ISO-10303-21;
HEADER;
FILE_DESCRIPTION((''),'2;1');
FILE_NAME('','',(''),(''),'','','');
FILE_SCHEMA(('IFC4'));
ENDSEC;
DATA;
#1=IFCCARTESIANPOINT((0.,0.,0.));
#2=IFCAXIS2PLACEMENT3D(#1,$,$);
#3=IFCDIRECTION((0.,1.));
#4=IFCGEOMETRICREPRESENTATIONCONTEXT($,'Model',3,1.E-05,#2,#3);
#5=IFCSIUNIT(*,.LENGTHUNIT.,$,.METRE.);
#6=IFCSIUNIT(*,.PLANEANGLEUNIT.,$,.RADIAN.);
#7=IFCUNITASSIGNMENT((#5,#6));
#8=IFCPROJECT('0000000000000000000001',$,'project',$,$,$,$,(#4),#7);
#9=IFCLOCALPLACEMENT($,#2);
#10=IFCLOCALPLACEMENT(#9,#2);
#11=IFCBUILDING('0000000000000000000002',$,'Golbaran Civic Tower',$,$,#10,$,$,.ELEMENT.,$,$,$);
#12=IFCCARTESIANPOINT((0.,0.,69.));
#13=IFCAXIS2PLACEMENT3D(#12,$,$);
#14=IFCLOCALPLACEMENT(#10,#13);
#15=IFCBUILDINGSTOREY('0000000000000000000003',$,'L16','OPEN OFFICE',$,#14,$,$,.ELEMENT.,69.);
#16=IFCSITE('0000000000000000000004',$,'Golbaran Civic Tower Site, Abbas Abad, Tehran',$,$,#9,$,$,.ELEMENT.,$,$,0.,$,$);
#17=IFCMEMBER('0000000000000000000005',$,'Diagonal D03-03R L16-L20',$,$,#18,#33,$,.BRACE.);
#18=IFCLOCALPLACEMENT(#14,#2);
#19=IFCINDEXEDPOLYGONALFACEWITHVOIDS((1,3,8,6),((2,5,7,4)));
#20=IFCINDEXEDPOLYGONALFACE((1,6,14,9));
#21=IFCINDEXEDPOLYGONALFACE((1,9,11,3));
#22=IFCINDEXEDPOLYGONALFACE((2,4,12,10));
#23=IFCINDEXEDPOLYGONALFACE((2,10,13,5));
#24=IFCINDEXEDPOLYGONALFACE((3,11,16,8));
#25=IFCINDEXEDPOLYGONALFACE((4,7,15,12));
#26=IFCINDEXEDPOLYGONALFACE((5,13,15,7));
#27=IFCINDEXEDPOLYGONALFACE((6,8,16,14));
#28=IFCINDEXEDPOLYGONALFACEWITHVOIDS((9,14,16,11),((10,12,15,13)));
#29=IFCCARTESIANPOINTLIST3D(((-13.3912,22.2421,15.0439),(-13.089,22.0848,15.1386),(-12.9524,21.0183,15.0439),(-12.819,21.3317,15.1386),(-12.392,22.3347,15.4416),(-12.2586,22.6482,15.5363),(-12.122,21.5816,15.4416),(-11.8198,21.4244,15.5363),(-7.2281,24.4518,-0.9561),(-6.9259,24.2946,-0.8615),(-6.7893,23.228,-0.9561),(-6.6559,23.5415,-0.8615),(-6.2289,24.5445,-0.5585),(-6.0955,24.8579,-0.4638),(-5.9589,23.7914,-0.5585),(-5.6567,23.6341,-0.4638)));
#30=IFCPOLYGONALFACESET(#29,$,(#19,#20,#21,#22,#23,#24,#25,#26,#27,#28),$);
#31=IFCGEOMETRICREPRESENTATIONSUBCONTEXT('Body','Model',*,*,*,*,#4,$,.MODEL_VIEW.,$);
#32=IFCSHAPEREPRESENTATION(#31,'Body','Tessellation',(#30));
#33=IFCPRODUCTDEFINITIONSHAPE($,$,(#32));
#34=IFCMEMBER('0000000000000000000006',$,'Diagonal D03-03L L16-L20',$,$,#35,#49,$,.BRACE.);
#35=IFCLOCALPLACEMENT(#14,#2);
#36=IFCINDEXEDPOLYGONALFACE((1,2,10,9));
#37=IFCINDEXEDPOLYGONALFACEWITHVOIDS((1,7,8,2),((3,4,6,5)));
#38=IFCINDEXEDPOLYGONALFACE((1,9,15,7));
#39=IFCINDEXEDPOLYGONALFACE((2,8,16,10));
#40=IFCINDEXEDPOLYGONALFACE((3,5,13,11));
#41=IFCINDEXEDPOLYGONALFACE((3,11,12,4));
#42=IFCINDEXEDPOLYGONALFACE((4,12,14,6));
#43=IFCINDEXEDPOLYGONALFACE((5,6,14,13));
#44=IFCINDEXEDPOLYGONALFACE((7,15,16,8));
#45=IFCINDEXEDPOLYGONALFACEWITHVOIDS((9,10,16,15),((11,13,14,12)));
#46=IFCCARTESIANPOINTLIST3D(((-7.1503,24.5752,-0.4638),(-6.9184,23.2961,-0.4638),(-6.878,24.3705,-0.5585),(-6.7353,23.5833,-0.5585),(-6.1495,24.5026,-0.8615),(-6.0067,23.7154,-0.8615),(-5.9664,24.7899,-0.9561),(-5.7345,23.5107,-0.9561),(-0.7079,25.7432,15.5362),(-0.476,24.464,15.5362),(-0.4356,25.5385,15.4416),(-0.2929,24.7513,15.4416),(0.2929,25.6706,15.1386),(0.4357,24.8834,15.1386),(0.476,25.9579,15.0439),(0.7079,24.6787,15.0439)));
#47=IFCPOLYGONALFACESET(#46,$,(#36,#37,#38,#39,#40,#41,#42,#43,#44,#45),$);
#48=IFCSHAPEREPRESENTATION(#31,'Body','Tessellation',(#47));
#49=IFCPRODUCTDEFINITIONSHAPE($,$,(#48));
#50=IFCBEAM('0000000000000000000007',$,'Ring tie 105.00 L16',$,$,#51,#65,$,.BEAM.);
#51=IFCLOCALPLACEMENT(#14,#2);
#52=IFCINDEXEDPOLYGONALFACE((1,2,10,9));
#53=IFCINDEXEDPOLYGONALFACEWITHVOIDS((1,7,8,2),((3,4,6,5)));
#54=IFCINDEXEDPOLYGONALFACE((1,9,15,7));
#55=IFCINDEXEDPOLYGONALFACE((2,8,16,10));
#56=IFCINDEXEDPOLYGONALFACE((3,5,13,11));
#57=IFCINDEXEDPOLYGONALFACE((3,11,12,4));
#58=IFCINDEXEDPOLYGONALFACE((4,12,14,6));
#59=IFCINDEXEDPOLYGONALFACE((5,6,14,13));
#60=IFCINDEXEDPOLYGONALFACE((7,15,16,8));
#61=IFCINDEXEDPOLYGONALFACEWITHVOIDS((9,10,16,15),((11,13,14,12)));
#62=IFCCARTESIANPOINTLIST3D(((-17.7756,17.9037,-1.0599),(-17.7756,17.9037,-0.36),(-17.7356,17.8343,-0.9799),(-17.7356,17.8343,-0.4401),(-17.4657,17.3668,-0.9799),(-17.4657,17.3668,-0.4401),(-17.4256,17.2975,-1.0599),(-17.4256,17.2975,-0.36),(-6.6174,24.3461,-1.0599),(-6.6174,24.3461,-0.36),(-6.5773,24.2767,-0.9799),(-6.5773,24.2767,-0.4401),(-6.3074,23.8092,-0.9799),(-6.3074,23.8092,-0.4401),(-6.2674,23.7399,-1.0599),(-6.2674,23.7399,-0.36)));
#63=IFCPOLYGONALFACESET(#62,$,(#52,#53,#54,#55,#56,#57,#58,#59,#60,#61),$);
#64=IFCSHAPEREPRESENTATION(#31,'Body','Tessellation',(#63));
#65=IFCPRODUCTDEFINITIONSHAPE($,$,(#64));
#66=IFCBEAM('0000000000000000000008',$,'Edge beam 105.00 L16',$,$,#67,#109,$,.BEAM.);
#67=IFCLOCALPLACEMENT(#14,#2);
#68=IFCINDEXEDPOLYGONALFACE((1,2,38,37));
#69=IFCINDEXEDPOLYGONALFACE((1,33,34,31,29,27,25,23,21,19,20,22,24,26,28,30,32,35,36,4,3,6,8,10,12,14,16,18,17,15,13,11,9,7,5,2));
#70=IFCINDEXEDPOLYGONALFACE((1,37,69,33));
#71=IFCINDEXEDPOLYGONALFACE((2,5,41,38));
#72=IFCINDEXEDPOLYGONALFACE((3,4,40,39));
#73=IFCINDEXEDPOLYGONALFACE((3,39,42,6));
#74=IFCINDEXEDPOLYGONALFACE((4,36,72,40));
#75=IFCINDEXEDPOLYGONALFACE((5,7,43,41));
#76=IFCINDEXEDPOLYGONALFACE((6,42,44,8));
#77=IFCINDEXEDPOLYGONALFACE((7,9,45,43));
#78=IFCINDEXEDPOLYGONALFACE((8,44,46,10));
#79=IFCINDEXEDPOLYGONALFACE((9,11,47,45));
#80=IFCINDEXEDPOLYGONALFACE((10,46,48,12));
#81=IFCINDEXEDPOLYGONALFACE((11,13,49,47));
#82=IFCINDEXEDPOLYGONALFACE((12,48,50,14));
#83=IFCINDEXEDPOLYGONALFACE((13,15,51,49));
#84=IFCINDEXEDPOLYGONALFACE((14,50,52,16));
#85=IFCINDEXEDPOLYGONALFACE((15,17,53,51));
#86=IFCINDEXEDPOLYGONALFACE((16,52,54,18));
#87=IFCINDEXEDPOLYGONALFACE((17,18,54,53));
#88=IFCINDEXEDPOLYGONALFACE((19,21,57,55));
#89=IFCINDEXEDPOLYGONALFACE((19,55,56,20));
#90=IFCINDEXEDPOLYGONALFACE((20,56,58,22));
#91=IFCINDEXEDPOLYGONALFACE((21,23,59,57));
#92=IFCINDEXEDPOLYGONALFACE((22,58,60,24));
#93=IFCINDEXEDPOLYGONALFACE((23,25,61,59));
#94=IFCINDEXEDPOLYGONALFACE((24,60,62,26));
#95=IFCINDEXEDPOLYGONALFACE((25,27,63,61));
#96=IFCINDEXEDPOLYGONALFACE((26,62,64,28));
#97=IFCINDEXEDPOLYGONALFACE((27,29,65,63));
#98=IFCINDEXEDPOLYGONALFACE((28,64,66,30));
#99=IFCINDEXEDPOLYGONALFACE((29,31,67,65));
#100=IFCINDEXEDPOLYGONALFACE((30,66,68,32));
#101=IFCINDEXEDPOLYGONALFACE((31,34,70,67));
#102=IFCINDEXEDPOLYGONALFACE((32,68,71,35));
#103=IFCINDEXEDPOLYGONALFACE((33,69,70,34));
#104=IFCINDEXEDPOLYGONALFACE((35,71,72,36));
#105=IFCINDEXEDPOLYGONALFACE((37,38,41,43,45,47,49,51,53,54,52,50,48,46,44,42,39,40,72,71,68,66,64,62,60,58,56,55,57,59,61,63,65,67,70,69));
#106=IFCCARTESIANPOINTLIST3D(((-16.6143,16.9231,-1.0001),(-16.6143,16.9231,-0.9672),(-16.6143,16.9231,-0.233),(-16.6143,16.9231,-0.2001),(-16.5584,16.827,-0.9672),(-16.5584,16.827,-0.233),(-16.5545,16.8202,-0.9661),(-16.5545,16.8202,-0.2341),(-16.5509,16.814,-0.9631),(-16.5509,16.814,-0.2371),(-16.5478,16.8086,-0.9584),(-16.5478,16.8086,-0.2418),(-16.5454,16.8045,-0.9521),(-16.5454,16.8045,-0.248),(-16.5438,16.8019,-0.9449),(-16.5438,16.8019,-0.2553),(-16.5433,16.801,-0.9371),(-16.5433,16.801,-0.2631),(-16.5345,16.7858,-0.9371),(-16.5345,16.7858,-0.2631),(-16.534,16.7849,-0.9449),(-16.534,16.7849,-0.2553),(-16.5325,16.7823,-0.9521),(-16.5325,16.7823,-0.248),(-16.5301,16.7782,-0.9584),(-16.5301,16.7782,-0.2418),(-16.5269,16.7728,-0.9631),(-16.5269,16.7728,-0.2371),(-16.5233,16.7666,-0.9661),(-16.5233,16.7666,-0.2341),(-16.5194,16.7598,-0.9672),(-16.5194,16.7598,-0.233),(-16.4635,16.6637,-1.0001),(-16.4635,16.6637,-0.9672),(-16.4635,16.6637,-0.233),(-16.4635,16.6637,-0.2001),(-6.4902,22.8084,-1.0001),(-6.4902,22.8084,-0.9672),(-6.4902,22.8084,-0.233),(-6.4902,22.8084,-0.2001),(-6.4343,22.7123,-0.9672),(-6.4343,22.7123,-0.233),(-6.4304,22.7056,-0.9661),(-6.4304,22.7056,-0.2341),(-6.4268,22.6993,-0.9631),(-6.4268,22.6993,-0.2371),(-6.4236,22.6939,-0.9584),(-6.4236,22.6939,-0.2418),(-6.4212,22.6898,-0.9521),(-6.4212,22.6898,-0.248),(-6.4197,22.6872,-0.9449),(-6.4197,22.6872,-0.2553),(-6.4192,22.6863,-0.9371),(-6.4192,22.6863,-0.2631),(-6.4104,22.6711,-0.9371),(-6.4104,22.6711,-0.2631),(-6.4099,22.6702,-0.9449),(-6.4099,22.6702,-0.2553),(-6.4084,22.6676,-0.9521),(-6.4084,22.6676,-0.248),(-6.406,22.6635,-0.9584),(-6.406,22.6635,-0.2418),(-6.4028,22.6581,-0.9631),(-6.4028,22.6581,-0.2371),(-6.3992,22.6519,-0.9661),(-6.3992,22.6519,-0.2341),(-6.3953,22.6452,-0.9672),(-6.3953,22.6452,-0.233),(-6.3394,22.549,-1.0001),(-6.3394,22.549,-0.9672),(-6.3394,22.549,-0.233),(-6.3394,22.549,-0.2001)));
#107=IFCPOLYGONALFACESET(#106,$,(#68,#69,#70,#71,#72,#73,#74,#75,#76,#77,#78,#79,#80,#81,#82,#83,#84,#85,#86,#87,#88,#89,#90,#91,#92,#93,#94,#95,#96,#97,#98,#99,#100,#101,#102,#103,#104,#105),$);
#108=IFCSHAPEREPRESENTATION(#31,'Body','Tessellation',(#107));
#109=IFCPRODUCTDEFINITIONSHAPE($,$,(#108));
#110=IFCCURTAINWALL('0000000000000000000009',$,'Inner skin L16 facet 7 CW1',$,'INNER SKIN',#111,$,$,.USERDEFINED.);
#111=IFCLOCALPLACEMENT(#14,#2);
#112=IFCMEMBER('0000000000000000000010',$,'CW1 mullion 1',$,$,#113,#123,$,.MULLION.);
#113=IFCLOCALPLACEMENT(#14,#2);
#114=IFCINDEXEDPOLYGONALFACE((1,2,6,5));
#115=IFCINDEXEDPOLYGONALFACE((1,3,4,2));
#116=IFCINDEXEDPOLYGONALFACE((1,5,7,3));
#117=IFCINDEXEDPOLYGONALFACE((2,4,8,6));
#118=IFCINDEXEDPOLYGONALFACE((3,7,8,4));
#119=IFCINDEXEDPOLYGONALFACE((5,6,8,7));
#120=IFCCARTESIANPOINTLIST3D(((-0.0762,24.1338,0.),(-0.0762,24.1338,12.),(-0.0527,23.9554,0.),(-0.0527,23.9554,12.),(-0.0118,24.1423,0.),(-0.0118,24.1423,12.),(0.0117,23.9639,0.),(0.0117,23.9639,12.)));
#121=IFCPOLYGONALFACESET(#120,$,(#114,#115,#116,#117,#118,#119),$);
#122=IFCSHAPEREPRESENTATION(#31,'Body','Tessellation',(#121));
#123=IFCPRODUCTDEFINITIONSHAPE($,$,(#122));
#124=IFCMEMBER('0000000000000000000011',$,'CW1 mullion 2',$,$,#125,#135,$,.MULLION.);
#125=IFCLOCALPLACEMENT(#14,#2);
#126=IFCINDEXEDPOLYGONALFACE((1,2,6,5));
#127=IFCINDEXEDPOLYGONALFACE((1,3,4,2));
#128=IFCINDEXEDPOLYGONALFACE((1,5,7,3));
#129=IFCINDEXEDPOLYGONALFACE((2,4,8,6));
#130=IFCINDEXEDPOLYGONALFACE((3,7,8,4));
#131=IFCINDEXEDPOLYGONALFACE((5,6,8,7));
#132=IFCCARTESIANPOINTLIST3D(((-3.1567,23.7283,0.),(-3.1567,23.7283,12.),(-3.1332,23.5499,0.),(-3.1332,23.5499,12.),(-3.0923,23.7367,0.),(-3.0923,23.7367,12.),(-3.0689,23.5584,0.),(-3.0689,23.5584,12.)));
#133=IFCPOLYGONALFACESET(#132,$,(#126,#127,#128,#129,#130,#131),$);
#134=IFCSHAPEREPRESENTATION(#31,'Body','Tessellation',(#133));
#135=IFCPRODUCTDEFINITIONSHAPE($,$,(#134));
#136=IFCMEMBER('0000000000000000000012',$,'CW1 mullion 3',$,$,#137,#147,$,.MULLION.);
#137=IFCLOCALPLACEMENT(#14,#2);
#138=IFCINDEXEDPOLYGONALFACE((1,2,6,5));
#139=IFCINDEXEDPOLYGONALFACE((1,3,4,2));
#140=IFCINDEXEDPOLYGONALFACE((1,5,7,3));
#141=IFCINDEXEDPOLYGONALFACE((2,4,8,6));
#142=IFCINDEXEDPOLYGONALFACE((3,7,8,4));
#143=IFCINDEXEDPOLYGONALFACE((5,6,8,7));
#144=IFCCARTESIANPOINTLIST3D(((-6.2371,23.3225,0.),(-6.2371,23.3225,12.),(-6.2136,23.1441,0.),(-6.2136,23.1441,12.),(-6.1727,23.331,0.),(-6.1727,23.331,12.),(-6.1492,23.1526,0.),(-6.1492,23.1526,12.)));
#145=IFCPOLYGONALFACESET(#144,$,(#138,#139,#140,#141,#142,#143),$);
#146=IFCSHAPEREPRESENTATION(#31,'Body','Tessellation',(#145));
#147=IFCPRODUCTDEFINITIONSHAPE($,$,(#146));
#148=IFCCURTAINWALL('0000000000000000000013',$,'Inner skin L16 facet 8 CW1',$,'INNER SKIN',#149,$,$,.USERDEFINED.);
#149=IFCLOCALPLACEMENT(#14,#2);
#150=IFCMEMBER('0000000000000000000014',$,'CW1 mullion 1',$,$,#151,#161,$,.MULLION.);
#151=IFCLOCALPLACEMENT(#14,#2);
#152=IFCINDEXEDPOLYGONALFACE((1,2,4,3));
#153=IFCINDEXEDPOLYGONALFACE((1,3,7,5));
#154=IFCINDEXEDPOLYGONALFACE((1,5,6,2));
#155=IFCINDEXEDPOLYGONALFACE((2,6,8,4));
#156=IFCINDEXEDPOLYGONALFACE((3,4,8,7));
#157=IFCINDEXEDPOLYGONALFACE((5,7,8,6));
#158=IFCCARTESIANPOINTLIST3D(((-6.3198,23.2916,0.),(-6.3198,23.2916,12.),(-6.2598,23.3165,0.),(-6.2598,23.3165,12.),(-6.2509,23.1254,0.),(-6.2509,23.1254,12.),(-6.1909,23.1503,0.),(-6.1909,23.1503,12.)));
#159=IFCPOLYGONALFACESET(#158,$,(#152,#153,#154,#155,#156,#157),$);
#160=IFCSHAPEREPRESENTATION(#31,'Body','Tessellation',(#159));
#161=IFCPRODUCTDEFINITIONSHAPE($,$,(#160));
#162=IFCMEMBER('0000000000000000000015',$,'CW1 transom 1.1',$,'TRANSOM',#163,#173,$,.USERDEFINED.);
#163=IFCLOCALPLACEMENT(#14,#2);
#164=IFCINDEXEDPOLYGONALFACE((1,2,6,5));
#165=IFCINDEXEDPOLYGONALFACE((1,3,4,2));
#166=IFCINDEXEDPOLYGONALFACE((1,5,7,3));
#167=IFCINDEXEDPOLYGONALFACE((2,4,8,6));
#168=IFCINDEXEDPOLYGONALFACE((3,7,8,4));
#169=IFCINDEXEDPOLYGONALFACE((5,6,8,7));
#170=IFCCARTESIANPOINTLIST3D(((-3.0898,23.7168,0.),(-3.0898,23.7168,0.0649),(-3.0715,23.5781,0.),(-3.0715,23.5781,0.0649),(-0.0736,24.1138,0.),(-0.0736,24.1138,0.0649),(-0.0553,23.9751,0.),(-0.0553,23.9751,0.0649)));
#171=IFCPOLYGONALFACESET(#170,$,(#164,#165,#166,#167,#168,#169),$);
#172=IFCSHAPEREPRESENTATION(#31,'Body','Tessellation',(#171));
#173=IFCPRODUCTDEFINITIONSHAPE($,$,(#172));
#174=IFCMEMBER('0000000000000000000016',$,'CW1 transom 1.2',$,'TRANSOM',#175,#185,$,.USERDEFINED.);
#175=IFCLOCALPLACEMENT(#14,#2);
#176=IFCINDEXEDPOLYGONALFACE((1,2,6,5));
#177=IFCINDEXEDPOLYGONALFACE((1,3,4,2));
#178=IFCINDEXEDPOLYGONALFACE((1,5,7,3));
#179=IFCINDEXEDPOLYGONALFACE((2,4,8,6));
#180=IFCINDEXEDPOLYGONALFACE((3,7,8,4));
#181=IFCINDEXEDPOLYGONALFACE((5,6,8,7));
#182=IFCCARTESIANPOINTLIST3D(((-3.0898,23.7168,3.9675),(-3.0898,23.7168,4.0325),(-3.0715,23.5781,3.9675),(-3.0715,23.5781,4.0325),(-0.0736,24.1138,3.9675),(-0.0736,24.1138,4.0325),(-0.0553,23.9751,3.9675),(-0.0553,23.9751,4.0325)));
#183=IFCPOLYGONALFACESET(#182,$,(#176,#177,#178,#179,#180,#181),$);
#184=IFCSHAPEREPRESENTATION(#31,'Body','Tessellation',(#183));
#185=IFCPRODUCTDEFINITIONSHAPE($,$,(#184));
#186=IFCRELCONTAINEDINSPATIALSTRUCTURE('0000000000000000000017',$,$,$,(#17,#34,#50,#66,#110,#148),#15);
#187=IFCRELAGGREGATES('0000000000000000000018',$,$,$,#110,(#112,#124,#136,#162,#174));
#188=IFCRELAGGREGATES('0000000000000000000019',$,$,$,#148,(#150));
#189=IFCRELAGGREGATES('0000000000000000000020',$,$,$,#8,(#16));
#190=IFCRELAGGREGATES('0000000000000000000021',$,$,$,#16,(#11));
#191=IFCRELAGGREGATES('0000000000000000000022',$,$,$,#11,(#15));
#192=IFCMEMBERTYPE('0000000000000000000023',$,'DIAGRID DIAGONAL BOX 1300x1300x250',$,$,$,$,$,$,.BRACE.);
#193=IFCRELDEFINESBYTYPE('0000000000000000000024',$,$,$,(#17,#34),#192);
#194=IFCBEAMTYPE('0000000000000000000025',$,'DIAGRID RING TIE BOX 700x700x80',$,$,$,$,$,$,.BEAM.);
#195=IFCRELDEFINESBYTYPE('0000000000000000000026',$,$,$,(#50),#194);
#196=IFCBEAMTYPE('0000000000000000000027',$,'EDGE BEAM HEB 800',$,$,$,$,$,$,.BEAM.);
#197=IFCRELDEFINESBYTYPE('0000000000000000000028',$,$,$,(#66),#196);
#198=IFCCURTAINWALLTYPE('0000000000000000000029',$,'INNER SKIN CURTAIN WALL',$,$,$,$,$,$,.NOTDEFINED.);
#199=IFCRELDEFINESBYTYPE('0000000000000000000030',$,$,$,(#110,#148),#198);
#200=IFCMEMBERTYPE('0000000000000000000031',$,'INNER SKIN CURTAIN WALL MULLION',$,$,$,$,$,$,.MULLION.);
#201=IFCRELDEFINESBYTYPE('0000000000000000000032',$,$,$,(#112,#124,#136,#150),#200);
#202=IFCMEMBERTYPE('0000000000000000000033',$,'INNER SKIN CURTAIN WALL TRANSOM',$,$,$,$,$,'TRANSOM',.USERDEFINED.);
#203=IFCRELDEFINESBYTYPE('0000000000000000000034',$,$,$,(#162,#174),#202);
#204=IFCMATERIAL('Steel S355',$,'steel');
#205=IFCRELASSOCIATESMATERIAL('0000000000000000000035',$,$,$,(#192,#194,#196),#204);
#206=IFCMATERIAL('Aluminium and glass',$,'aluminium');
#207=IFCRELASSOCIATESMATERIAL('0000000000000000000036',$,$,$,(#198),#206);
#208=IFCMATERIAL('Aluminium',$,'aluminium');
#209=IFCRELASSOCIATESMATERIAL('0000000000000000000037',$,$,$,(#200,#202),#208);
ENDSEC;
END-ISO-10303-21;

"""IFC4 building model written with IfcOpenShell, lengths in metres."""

from ifc_helpers import new_model, si_unit, direction, frame, origin, origin_2d, place, context, subcontext, project, spatial, rectangle, hollow_rectangle, i_section, extrude, material, material_profile, profile_set, type_object, element, aggregate, save


model = new_model("IFC4")

# Units and contexts
model_context = context("Model", 3, precision=1e-05, world=origin(), true_north=direction((0.0, 1.0)))
body_context = subcontext(model_context, "Body", "Model", "MODEL_VIEW")
ifc_project = project(units=[si_unit("LENGTHUNIT", "METRE"), si_unit("PLANEANGLEUNIT", "RADIAN")], contexts=[model_context])

# Site, building, storey
site_placement = place(None, origin())
site = spatial("IfcSite", under=ifc_project, at=site_placement, Name="Golbaran Civic Tower Site, Abbas Abad, Tehran", CompositionType="ELEMENT", RefElevation=0.0)
building_placement = place(site_placement, origin())
building = spatial("IfcBuilding", under=site, at=building_placement, Name="Golbaran Civic Tower", CompositionType="ELEMENT")
storey_placement = place(building_placement, frame((0.0, 0.0, 69.0)))
storey = spatial("IfcBuildingStorey", under=building, at=storey_placement, Name="L16", Description="OPEN OFFICE", CompositionType="ELEMENT", Elevation=69.0)

# Members
ifc_material_1 = material(Name="Steel S355", Category="steel")
ifc_material_profile_1 = material_profile(ifc_material_1, hollow_rectangle(XDim=1.3, YDim=1.3, WallThickness=0.25, at=origin_2d()), Name="BOX 1300x1300x250")
ifc_profile_set_1 = profile_set([ifc_material_profile_1], Name="Steel S355")
member_type_1 = type_object("IfcMemberType", Name="DIAGRID DIAGONAL BOX 1300x1300x250", PredefinedType="BRACE", material=ifc_profile_set_1)
for number, where, z_axis, x_axis, name in (
    (1, (-6.4424, 24.043, -0.71), (-0.3565, -0.12782, 0.925511), (0.337503, -0.941324, 0.0), "Diagonal D03-03R L16-L20"),
    (2, (-6.4424, 24.043, -0.71), (0.372655, 0.06756, 0.925508), (-0.178387, 0.98396, 0.0), "Diagonal D03-03L L16-L20"),
):
    element("IfcMember", number, at=place(storey_placement, frame(where, z_axis=z_axis, x_axis=x_axis)), inside=storey, type_object=member_type_1, Name=name, PredefinedType="BRACE", context=body_context, shape_type="SweptSolid", body=[
        extrude(hollow_rectangle(XDim=1.3, YDim=1.3, WallThickness=0.25, at=origin_2d()), origin(), (0.0, 0.0, 1.0), 17.2878),
    ])

# Beams
ifc_material_profile_2 = material_profile(ifc_material_1, hollow_rectangle(XDim=0.7, YDim=0.7, WallThickness=0.0801, at=origin_2d()), Name="BOX 700x700x80")
ifc_profile_set_2 = profile_set([ifc_material_profile_2], Name="Steel S355")
beam_type_1 = type_object("IfcBeamType", Name="DIAGRID RING TIE BOX 700x700x80", PredefinedType="BEAM", material=ifc_profile_set_2)
beam_1_placement = place(storey_placement, frame((-6.4424, 24.043, -0.71), z_axis=(-0.866019, -0.500011, 0.0), x_axis=(0.500011, -0.866019, 0.0)))
element("IfcBeam", 3, at=beam_1_placement, inside=storey, type_object=beam_type_1, Name="Ring tie 105.00 L16", PredefinedType="BEAM", context=body_context, shape_type="SweptSolid", body=[
    extrude(hollow_rectangle(XDim=0.7, YDim=0.7, WallThickness=0.0801, at=origin_2d()), origin(), (0.0, 0.0, 1.0), 12.8845),
])
ifc_material_profile_3 = material_profile(ifc_material_1, i_section(OverallWidth=0.3, OverallDepth=0.8, WebThickness=0.0176, FlangeThickness=0.033, FilletRadius=0.03, at=origin_2d()), Name="HEB 800")
ifc_profile_set_3 = profile_set([ifc_material_profile_3], Name="Steel S355")
beam_type_2 = type_object("IfcBeamType", Name="EDGE BEAM HEB 800", PredefinedType="BEAM", material=ifc_profile_set_3)
beam_2_placement = place(storey_placement, frame((-6.4148, 22.6787, -0.6001), z_axis=(-0.864537, -0.502569, 0.0), x_axis=(0.502569, -0.864537, 0.0)))
element("IfcBeam", 4, at=beam_2_placement, inside=storey, type_object=beam_type_2, Name="Edge beam 105.00 L16", PredefinedType="BEAM", context=body_context, shape_type="SweptSolid", body=[
    extrude(i_section(OverallWidth=0.3, OverallDepth=0.8, WebThickness=0.0176, FlangeThickness=0.033, FilletRadius=0.03, at=origin_2d()), origin(), (0.0, 0.0, 1.0), 11.7104),
])

# Curtain wall, members
ifc_material_2 = material(Name="Aluminium and glass", Category="aluminium")
curtain_wall_type_1 = type_object("IfcCurtainWallType", Name="INNER SKIN CURTAIN WALL", PredefinedType="NOTDEFINED", material=ifc_material_2)
curtain_wall_1_placement = place(storey_placement, origin())
curtain_wall_1 = element("IfcCurtainWall", 5, at=curtain_wall_1_placement, inside=storey, type_object=curtain_wall_type_1, Name="Inner skin L16 facet 7 CW1", ObjectType="INNER SKIN", PredefinedType="USERDEFINED")
ifc_material_3 = material(Name="Aluminium", Category="aluminium")
ifc_material_profile_4 = material_profile(ifc_material_3, rectangle(XDim=0.1799, YDim=0.0649, at=origin_2d()), Name="INNER SKIN CURTAIN WALL MULLION")
ifc_profile_set_4 = profile_set([ifc_material_profile_4], Name="Aluminium")
member_type_2 = type_object("IfcMemberType", Name="INNER SKIN CURTAIN WALL MULLION", PredefinedType="MULLION", material=ifc_profile_set_4)
member_1_placement = place(storey_placement, frame((-0.0322, 24.0488, 0.0), z_axis=(0.0, 0.0, 1.0), x_axis=(0.130526, -0.991445, 0.0)))
member_1 = element("IfcMember", 6, at=member_1_placement, type_object=member_type_2, Name="CW1 mullion 1", PredefinedType="MULLION", context=body_context, shape_type="SweptSolid", body=[
    extrude(rectangle(XDim=0.1799, YDim=0.0649, at=origin_2d()), origin(), (0.0, 0.0, 1.0), 12.0),
])
member_2_placement = place(storey_placement, frame((-3.1128, 23.6433, 0.0), z_axis=(0.0, 0.0, 1.0), x_axis=(0.130526, -0.991445, 0.0)))
member_2 = element("IfcMember", 7, at=member_2_placement, type_object=member_type_2, Name="CW1 mullion 2", PredefinedType="MULLION", context=body_context, shape_type="SweptSolid", body=[
    extrude(rectangle(XDim=0.1799, YDim=0.0649, at=origin_2d()), origin(), (0.0, 0.0, 1.0), 12.0),
])
member_3_placement = place(storey_placement, frame((-6.1931, 23.2375, 0.0), z_axis=(0.0, 0.0, 1.0), x_axis=(0.130526, -0.991445, 0.0)))
member_3 = element("IfcMember", 8, at=member_3_placement, type_object=member_type_2, Name="CW1 mullion 3", PredefinedType="MULLION", context=body_context, shape_type="SweptSolid", body=[
    extrude(rectangle(XDim=0.1799, YDim=0.0649, at=origin_2d()), origin(), (0.0, 0.0, 1.0), 12.0),
])

# Curtain wall, member
curtain_wall_2_placement = place(storey_placement, origin())
curtain_wall_2 = element("IfcCurtainWall", 9, at=curtain_wall_2_placement, inside=storey, type_object=curtain_wall_type_1, Name="Inner skin L16 facet 8 CW1", ObjectType="INNER SKIN", PredefinedType="USERDEFINED")
member_4_placement = place(storey_placement, frame((-6.2554, 23.2209, 0.0), z_axis=(0.0, 0.0, 1.0), x_axis=(0.382683, -0.92388, 0.0)))
member_4 = element("IfcMember", 10, at=member_4_placement, type_object=member_type_2, Name="CW1 mullion 1", PredefinedType="MULLION", context=body_context, shape_type="SweptSolid", body=[
    extrude(rectangle(XDim=0.1799, YDim=0.0649, at=origin_2d()), origin(), (0.0, 0.0, 1.0), 12.0),
])

# Members
ifc_material_profile_5 = material_profile(ifc_material_3, rectangle(XDim=0.1399, YDim=0.0649, at=origin_2d()), Name="INNER SKIN CURTAIN WALL TRANSOM")
ifc_profile_set_5 = profile_set([ifc_material_profile_5], Name="Aluminium")
member_type_3 = type_object("IfcMemberType", Name="INNER SKIN CURTAIN WALL TRANSOM", ElementType="TRANSOM", PredefinedType="USERDEFINED", material=ifc_profile_set_5)
member_5_placement = place(storey_placement, frame((-0.0645, 24.0444, 0.0325), z_axis=(-0.991449, -0.130492, 0.0), x_axis=(0.130492, -0.991449, 0.0)))
member_5 = element("IfcMember", 11, at=member_5_placement, type_object=member_type_3, Name="CW1 transom 1.1", ObjectType="TRANSOM", PredefinedType="USERDEFINED", context=body_context, shape_type="SweptSolid", body=[
    extrude(rectangle(XDim=0.1399, YDim=0.0649, at=origin_2d()), origin(), (0.0, 0.0, 1.0), 3.0422),
])
member_6_placement = place(storey_placement, frame((-0.0645, 24.0444, 4.0), z_axis=(-0.991449, -0.130492, 0.0), x_axis=(0.130492, -0.991449, 0.0)))
member_6 = element("IfcMember", 12, at=member_6_placement, type_object=member_type_3, Name="CW1 transom 1.2", ObjectType="TRANSOM", PredefinedType="USERDEFINED", context=body_context, shape_type="SweptSolid", body=[
    extrude(rectangle(XDim=0.1399, YDim=0.0649, at=origin_2d()), origin(), (0.0, 0.0, 1.0), 3.0422),
])

aggregate(curtain_wall_1, [member_1, member_2, member_3, member_5, member_6])
aggregate(curtain_wall_2, [member_4])

save(model, "model.ifc")
